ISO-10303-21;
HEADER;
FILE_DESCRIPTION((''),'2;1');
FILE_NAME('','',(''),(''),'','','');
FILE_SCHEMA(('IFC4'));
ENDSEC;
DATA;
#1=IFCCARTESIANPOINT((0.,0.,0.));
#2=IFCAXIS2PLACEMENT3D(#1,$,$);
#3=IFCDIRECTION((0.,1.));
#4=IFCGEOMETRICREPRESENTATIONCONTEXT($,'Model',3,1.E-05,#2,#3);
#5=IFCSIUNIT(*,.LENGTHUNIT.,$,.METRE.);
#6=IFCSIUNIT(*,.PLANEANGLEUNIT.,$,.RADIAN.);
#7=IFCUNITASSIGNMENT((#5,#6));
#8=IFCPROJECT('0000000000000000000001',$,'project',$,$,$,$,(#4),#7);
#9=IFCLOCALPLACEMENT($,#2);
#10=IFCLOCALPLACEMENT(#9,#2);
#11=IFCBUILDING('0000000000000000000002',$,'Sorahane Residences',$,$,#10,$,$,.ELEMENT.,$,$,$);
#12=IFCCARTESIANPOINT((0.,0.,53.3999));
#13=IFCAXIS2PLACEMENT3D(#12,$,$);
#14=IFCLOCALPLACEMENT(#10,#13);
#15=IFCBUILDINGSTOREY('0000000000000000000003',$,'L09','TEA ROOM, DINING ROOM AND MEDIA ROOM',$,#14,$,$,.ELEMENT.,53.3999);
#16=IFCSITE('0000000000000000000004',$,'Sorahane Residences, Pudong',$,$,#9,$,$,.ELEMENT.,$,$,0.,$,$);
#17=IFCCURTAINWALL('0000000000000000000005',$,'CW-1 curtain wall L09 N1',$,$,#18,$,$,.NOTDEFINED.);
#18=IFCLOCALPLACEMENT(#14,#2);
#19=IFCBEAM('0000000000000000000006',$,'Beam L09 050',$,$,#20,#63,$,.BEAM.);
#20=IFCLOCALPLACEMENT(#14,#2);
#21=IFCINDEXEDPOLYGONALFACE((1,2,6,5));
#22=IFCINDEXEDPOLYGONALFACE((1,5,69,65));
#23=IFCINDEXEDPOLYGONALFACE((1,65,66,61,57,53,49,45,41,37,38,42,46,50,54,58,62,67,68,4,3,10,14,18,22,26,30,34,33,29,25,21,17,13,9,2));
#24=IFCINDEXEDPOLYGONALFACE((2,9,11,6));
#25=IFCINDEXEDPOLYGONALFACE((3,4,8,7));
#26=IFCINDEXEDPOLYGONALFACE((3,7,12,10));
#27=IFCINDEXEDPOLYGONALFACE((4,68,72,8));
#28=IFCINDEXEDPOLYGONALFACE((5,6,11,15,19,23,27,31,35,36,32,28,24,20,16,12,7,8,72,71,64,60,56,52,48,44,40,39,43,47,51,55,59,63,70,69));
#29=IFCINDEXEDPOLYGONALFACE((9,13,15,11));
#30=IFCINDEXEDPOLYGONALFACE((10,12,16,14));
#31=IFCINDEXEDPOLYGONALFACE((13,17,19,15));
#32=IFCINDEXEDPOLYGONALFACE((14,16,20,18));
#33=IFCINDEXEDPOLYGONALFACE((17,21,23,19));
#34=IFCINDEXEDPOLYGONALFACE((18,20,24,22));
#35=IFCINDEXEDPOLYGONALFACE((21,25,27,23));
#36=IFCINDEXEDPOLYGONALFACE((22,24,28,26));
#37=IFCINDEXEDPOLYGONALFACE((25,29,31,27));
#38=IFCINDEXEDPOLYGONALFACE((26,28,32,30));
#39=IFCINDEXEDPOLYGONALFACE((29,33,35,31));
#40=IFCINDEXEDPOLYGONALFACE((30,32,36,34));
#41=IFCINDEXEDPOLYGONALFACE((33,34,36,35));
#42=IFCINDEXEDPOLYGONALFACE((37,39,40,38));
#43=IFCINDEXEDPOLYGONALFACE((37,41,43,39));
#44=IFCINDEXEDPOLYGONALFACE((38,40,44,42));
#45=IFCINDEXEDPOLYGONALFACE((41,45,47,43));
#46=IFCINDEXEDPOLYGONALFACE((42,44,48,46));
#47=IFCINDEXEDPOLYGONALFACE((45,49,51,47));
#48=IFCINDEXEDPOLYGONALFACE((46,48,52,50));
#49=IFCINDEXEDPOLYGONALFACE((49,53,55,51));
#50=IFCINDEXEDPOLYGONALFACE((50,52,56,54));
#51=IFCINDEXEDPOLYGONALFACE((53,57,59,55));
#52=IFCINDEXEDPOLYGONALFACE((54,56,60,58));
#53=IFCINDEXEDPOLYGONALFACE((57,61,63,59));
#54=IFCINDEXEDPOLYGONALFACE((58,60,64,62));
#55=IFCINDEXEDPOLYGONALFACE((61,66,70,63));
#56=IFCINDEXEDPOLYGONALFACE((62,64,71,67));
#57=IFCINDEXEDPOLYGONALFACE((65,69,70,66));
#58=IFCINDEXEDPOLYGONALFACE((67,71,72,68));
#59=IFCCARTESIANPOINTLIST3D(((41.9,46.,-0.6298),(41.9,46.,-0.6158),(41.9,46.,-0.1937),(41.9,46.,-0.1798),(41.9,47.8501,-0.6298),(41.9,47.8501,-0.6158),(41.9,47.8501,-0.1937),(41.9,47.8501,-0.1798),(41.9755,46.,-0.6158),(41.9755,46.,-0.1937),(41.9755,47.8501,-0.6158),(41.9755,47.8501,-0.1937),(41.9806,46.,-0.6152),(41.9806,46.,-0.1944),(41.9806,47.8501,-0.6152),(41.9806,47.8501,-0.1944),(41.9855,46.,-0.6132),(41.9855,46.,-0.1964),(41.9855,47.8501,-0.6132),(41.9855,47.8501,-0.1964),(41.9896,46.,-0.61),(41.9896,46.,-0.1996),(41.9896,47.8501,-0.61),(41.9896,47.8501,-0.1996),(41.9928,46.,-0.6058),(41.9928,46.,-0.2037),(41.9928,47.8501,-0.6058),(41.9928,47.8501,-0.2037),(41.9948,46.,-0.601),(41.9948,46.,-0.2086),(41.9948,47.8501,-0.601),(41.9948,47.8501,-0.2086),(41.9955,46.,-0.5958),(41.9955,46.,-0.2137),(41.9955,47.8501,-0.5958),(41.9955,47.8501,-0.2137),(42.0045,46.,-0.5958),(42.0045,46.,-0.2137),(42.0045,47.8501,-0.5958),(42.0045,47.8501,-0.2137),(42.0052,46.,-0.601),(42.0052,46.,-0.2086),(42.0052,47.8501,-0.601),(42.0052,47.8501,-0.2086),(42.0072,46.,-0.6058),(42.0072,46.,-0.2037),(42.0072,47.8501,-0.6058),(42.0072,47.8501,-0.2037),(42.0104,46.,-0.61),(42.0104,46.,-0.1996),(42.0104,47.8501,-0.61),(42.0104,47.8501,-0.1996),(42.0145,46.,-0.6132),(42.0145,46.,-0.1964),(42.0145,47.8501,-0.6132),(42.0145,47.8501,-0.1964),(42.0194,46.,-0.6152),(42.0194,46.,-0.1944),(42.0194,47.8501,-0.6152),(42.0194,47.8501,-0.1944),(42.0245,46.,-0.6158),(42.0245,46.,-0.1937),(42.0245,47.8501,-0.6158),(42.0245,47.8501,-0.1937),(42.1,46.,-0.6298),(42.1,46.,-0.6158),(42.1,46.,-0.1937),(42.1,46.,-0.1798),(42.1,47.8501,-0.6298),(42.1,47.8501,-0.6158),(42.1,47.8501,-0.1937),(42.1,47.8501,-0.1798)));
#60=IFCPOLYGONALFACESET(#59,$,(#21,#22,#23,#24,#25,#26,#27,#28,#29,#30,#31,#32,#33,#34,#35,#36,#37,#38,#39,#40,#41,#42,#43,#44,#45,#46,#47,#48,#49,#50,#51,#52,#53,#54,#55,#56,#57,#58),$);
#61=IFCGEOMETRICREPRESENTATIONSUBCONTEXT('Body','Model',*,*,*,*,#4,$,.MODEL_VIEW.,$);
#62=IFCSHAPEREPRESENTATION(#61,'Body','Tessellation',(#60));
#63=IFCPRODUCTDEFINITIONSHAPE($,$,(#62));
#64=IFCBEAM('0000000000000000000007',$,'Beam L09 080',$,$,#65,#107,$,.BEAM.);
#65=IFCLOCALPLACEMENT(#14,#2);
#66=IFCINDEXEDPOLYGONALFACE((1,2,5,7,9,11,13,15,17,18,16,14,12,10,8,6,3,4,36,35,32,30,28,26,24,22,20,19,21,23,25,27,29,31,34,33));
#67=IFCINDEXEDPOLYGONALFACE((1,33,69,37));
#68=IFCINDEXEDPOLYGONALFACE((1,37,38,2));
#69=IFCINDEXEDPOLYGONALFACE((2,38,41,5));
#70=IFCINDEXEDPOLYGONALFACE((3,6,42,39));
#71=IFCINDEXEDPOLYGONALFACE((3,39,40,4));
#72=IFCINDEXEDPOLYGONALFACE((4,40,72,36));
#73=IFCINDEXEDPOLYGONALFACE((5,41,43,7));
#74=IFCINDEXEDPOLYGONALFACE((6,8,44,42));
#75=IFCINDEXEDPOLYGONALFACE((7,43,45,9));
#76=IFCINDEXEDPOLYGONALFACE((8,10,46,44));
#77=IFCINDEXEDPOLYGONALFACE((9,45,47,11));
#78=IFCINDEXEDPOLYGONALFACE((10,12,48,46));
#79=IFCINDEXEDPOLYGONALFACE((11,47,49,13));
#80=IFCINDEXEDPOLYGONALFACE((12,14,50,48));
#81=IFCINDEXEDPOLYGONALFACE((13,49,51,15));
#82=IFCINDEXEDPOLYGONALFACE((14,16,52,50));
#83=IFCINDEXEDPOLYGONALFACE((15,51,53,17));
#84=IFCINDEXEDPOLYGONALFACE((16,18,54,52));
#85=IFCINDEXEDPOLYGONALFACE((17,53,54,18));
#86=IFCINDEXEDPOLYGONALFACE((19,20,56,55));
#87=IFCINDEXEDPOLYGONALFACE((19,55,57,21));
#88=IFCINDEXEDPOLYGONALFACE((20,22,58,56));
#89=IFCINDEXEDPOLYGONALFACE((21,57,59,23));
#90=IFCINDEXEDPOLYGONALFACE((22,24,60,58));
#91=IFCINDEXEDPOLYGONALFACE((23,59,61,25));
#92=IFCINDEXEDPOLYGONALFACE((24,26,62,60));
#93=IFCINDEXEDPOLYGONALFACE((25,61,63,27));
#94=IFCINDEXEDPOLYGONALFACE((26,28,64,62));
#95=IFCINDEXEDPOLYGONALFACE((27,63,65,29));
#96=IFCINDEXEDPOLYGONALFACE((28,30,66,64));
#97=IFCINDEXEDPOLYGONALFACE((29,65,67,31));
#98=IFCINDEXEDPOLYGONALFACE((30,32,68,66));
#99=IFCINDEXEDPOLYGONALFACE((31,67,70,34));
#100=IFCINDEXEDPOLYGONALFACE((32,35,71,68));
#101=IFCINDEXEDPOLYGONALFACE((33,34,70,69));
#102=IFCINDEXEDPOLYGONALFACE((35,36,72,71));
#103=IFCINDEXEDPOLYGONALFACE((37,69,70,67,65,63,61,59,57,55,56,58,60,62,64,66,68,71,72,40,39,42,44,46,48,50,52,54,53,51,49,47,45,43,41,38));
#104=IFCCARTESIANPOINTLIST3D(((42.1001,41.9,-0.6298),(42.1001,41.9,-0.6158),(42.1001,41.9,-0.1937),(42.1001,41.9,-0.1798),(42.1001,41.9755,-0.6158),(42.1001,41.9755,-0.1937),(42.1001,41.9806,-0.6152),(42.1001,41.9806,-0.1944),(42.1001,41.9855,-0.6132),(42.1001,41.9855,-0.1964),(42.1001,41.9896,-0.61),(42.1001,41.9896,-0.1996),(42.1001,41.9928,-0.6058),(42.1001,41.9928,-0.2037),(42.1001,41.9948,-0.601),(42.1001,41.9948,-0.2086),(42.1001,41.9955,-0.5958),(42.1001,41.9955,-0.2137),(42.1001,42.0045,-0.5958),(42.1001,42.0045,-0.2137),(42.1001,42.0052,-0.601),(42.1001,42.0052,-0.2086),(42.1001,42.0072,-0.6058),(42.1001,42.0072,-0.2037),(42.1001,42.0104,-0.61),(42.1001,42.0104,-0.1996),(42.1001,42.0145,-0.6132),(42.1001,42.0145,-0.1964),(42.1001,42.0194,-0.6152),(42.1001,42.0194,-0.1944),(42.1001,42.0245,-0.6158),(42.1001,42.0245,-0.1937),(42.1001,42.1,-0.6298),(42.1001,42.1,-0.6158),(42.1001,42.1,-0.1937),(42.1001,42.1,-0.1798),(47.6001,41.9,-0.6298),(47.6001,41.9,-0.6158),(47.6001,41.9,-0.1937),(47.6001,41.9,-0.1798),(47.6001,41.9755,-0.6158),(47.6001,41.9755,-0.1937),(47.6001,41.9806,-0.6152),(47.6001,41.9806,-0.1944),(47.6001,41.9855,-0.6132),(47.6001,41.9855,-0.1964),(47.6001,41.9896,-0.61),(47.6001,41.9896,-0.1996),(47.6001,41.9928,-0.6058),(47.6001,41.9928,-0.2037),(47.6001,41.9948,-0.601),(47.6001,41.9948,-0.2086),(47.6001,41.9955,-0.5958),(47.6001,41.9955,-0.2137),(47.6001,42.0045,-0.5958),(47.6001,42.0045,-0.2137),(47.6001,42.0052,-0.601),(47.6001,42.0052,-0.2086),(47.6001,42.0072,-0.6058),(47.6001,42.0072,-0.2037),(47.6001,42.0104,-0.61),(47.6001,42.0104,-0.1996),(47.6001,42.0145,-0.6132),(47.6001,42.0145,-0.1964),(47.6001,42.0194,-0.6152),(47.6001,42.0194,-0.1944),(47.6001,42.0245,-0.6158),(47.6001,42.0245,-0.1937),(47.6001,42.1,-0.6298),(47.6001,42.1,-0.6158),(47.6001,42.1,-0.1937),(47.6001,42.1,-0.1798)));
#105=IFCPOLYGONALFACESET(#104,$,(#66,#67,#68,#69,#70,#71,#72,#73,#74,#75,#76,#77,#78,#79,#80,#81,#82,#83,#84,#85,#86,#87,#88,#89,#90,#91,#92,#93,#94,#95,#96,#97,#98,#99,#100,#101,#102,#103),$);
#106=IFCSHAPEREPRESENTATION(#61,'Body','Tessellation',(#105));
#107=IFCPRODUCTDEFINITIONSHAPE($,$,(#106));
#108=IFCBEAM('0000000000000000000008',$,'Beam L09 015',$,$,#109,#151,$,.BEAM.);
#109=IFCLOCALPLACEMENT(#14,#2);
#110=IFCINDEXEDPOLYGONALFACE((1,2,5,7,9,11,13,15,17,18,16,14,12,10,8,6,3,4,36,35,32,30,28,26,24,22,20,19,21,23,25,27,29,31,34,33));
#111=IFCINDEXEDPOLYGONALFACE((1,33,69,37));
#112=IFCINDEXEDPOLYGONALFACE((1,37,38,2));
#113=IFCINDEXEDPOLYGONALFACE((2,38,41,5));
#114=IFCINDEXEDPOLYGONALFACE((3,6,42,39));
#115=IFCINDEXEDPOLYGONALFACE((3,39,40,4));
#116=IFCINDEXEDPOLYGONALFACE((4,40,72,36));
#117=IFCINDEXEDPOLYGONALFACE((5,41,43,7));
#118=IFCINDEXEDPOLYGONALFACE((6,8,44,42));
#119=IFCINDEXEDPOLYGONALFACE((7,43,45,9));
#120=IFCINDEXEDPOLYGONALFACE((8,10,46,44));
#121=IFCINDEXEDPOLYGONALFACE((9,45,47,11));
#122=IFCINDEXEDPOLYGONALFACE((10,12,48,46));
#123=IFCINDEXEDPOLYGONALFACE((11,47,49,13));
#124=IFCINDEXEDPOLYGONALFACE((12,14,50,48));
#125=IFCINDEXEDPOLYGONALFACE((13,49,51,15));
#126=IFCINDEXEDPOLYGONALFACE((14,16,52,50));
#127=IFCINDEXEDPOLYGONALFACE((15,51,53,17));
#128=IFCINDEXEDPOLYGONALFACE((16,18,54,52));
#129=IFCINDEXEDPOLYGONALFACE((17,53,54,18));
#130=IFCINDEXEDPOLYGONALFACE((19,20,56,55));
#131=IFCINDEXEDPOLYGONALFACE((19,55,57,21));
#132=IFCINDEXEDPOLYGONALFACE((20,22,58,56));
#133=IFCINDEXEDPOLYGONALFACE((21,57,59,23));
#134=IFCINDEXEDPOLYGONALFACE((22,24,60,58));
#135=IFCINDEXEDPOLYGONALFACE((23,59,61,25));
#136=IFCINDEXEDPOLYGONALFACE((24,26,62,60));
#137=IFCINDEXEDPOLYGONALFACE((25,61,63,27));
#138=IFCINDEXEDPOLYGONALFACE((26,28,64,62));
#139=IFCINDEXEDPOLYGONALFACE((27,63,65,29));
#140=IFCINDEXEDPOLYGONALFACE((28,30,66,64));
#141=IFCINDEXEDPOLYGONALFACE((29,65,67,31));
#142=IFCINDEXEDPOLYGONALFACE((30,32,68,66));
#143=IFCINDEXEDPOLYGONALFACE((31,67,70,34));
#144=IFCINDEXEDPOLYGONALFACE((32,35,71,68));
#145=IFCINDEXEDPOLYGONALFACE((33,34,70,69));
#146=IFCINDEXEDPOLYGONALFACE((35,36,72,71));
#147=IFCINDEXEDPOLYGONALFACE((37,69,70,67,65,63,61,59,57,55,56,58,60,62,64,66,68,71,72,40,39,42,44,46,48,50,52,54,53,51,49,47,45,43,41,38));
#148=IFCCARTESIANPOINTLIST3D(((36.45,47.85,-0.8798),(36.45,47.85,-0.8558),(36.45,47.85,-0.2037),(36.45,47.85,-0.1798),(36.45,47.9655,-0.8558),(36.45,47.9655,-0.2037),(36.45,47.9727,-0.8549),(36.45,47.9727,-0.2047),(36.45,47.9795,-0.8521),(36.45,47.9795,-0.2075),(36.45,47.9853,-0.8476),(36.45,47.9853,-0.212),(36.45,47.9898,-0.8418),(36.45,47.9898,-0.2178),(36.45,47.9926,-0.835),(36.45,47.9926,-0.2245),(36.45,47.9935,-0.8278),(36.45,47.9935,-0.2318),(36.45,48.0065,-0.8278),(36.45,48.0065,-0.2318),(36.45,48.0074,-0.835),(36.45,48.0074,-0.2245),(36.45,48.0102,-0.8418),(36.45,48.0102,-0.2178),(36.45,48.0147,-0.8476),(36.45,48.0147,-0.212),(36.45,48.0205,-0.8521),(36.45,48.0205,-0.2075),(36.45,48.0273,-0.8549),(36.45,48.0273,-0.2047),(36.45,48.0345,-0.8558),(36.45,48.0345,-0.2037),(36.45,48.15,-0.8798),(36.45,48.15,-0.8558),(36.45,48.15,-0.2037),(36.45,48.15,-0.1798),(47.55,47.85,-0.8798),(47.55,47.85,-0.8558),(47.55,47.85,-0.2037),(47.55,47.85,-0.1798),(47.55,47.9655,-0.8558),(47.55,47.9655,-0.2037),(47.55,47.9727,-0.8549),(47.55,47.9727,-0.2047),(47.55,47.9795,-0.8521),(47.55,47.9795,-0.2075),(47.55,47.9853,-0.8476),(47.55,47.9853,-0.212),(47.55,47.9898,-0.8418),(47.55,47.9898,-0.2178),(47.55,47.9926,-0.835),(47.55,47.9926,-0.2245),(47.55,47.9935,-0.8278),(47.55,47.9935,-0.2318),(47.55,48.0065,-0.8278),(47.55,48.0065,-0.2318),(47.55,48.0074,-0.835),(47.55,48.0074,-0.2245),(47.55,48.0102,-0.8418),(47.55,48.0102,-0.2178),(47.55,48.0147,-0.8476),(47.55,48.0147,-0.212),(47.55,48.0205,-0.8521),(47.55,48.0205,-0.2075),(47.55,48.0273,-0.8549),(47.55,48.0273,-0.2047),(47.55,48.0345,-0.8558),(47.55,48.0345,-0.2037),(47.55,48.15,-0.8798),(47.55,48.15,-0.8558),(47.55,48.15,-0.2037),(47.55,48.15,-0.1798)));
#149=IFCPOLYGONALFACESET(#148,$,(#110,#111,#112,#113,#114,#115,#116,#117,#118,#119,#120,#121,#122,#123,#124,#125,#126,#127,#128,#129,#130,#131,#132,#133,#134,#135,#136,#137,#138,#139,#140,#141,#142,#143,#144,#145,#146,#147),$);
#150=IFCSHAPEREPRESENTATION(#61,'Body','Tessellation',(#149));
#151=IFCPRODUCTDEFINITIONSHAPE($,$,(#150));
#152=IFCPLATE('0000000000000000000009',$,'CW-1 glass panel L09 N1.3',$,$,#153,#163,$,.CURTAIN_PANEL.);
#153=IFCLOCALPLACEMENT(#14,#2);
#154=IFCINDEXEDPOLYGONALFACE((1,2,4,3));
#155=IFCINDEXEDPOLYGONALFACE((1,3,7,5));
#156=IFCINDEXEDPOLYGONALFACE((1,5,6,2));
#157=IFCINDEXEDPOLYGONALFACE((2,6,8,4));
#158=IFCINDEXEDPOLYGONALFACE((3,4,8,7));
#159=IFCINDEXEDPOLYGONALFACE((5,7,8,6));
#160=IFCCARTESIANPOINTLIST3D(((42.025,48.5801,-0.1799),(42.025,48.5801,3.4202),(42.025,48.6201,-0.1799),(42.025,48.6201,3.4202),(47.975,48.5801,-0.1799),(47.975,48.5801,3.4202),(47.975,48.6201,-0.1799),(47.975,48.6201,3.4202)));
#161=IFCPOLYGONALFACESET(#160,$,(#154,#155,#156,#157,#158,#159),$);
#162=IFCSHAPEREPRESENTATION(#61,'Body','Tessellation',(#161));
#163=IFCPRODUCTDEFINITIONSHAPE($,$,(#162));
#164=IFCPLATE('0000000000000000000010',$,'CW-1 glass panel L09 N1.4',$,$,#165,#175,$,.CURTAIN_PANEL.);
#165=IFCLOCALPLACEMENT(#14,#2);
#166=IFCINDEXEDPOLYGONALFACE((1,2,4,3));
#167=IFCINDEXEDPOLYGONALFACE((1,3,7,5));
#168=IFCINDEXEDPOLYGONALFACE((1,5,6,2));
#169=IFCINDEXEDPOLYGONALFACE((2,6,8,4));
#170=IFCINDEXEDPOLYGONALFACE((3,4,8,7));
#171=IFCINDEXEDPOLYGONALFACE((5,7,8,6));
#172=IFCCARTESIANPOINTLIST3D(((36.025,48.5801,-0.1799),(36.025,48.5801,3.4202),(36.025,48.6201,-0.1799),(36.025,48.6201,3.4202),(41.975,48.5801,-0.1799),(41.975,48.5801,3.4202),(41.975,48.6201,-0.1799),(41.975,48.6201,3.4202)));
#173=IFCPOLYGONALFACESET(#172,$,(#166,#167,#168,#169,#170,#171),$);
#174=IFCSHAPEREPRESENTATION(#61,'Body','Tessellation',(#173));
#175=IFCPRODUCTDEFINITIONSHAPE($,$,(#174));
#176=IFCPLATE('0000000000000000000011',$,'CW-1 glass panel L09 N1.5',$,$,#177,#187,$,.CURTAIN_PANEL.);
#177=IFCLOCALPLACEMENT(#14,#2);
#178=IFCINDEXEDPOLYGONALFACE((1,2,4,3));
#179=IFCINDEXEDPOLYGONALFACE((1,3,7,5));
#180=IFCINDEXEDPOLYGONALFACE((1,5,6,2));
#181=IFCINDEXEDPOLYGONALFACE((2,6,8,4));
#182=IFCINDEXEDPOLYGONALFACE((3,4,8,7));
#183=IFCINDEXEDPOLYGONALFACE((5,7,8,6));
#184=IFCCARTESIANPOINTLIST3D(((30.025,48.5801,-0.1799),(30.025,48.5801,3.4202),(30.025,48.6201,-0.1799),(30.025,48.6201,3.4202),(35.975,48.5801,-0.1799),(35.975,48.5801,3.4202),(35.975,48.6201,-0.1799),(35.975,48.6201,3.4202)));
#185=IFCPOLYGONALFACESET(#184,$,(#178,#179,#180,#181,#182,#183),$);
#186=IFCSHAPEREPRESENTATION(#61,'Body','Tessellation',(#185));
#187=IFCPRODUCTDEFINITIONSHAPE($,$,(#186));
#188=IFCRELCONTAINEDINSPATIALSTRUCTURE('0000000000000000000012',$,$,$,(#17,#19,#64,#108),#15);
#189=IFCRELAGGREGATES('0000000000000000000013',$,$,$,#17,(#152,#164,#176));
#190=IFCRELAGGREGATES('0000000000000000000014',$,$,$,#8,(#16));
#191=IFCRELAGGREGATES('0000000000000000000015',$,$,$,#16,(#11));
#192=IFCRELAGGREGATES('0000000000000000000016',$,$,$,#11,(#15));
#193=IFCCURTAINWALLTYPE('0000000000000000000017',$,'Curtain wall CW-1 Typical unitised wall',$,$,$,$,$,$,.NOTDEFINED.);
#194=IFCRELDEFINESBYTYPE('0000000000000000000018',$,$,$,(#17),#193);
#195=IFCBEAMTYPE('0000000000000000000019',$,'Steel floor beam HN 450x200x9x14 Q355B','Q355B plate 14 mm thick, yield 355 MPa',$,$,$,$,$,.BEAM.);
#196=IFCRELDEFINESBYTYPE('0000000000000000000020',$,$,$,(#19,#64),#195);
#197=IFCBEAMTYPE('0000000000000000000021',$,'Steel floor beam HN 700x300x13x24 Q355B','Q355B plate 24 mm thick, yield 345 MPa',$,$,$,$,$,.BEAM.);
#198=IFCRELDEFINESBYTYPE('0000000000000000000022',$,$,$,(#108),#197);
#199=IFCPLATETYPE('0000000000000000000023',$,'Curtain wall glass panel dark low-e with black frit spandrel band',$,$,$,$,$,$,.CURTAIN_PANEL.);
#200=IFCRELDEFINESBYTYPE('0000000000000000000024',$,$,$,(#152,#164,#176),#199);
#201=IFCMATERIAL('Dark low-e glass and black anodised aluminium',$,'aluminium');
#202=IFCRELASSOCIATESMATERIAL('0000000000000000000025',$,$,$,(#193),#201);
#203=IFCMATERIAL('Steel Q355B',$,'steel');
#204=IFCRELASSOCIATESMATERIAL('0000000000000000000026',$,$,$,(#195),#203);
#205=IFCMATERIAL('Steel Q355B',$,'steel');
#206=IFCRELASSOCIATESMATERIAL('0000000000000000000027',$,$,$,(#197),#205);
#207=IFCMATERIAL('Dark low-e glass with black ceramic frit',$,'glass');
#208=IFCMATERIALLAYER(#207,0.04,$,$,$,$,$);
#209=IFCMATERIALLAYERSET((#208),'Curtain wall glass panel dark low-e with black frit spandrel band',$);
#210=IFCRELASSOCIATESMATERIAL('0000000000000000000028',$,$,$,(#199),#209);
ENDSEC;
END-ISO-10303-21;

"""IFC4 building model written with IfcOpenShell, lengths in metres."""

from ifc_helpers import new_model, si_unit, direction, frame, origin, origin_2d, place, context, subcontext, project, spatial, rectangle, i_section, extrude, material, layer, layer_set, material_profile, profile_set, type_object, element, aggregate, save


model = new_model("IFC4")

# Units and contexts
model_context = context("Model", 3, precision=1e-05, world=origin(), true_north=direction((0.0, 1.0)))
body_context = subcontext(model_context, "Body", "Model", "MODEL_VIEW")
ifc_project = project(units=[si_unit("LENGTHUNIT", "METRE"), si_unit("PLANEANGLEUNIT", "RADIAN")], contexts=[model_context])

# Site, building, storey
site_placement = place(None, origin())
site = spatial("IfcSite", under=ifc_project, at=site_placement, Name="Sorahane Residences, Pudong", CompositionType="ELEMENT", RefElevation=0.0)
building_placement = place(site_placement, origin())
building = spatial("IfcBuilding", under=site, at=building_placement, Name="Sorahane Residences", CompositionType="ELEMENT")
storey_placement = place(building_placement, frame((0.0, 0.0, 53.3999)))
storey = spatial("IfcBuildingStorey", under=building, at=storey_placement, Name="L09", Description="TEA ROOM, DINING ROOM AND MEDIA ROOM", CompositionType="ELEMENT", Elevation=53.3999)

# Curtain wall
ifc_material_1 = material(Name="Dark low-e glass and black anodised aluminium", Category="aluminium")
curtain_wall_type = type_object("IfcCurtainWallType", Name="Curtain wall CW-1 Typical unitised wall", PredefinedType="NOTDEFINED", material=ifc_material_1)
curtain_wall_placement = place(storey_placement, origin())
curtain_wall = element("IfcCurtainWall", 1, at=curtain_wall_placement, inside=storey, type_object=curtain_wall_type, Name="CW-1 curtain wall L09 N1", PredefinedType="NOTDEFINED")

# Beams
ifc_material_2 = material(Name="Steel Q355B", Category="steel")
ifc_material_profile_1 = material_profile(ifc_material_2, i_section(OverallWidth=0.2, OverallDepth=0.45, WebThickness=0.009, FlangeThickness=0.0139, FilletRadius=0.02, at=origin_2d()), Name="HN 450x200x9x14")
ifc_profile_set_1 = profile_set([ifc_material_profile_1], Name="Steel Q355B")
beam_type_1 = type_object("IfcBeamType", Name="Steel floor beam HN 450x200x9x14 Q355B", Description="Q355B plate 14 mm thick, yield 355 MPa", PredefinedType="BEAM", material=ifc_profile_set_1)
beam_1_placement = place(storey_placement, frame((42.0, 46.0, -0.4048), z_axis=(0.0, 1.0, 0.0), x_axis=(-1.0, 0.0, 0.0)))
element("IfcBeam", 2, at=beam_1_placement, inside=storey, type_object=beam_type_1, Name="Beam L09 050", PredefinedType="BEAM", context=body_context, shape_type="SweptSolid", body=[
    extrude(i_section(OverallWidth=0.2, OverallDepth=0.45, WebThickness=0.009, FlangeThickness=0.0139, FilletRadius=0.02, at=origin_2d()), origin(), (0.0, 0.0, 1.0), 1.8501),
])
beam_2_placement = place(storey_placement, frame((42.1001, 42.0, -0.4048), z_axis=(1.0, 0.0, 0.0), x_axis=(0.0, 1.0, 0.0)))
element("IfcBeam", 3, at=beam_2_placement, inside=storey, type_object=beam_type_1, Name="Beam L09 080", PredefinedType="BEAM", context=body_context, shape_type="SweptSolid", body=[
    extrude(i_section(OverallWidth=0.2, OverallDepth=0.45, WebThickness=0.009, FlangeThickness=0.0139, FilletRadius=0.02, at=origin_2d()), origin(), (0.0, 0.0, 1.0), 5.5),
])
ifc_material_3 = material(Name="Steel Q355B", Category="steel")
ifc_material_profile_2 = material_profile(ifc_material_3, i_section(OverallWidth=0.3, OverallDepth=0.7, WebThickness=0.0129, FlangeThickness=0.0239, FilletRadius=0.0281, at=origin_2d()), Name="HN 700x300x13x24")
ifc_profile_set_2 = profile_set([ifc_material_profile_2], Name="Steel Q355B")
beam_type_2 = type_object("IfcBeamType", Name="Steel floor beam HN 700x300x13x24 Q355B", Description="Q355B plate 24 mm thick, yield 345 MPa", PredefinedType="BEAM", material=ifc_profile_set_2)
beam_3_placement = place(storey_placement, frame((36.45, 48.0, -0.5298), z_axis=(1.0, 0.0, 0.0), x_axis=(0.0, 1.0, 0.0)))
element("IfcBeam", 4, at=beam_3_placement, inside=storey, type_object=beam_type_2, Name="Beam L09 015", PredefinedType="BEAM", context=body_context, shape_type="SweptSolid", body=[
    extrude(i_section(OverallWidth=0.3, OverallDepth=0.7, WebThickness=0.0129, FlangeThickness=0.0239, FilletRadius=0.0281, at=origin_2d()), origin(), (0.0, 0.0, 1.0), 11.1001),
])

# Plates
ifc_material_4 = material(Name="Dark low-e glass with black ceramic frit", Category="glass")
ifc_layer_1 = layer(ifc_material_4, 0.04)
ifc_layer_set_1 = layer_set([ifc_layer_1], Name="Curtain wall glass panel dark low-e with black frit spandrel band")
plate_type = type_object("IfcPlateType", Name="Curtain wall glass panel dark low-e with black frit spandrel band", PredefinedType="CURTAIN_PANEL", material=ifc_layer_set_1)
plate_1_placement = place(storey_placement, frame((45.0, 48.6001, -0.1799), z_axis=(0.0, 0.0, 1.0), x_axis=(-1.0, 0.0, 0.0)))
plate_1 = element("IfcPlate", 5, at=plate_1_placement, type_object=plate_type, Name="CW-1 glass panel L09 N1.3", PredefinedType="CURTAIN_PANEL", context=body_context, shape_type="SweptSolid", body=[
    extrude(rectangle(XDim=5.95, YDim=0.04, at=origin_2d()), origin(), (0.0, 0.0, 1.0), 3.6001),
])
plate_2_placement = place(storey_placement, frame((39.0, 48.6001, -0.1799), z_axis=(0.0, 0.0, 1.0), x_axis=(-1.0, 0.0, 0.0)))
plate_2 = element("IfcPlate", 6, at=plate_2_placement, type_object=plate_type, Name="CW-1 glass panel L09 N1.4", PredefinedType="CURTAIN_PANEL", context=body_context, shape_type="SweptSolid", body=[
    extrude(rectangle(XDim=5.95, YDim=0.04, at=origin_2d()), origin(), (0.0, 0.0, 1.0), 3.6001),
])
plate_3_placement = place(storey_placement, frame((33.0, 48.6001, -0.1799), z_axis=(0.0, 0.0, 1.0), x_axis=(-1.0, 0.0, 0.0)))
plate_3 = element("IfcPlate", 7, at=plate_3_placement, type_object=plate_type, Name="CW-1 glass panel L09 N1.5", PredefinedType="CURTAIN_PANEL", context=body_context, shape_type="SweptSolid", body=[
    extrude(rectangle(XDim=5.95, YDim=0.04, at=origin_2d()), origin(), (0.0, 0.0, 1.0), 3.6001),
])
aggregate(curtain_wall, [plate_1, plate_2, plate_3])

save(model, "model.ifc")
